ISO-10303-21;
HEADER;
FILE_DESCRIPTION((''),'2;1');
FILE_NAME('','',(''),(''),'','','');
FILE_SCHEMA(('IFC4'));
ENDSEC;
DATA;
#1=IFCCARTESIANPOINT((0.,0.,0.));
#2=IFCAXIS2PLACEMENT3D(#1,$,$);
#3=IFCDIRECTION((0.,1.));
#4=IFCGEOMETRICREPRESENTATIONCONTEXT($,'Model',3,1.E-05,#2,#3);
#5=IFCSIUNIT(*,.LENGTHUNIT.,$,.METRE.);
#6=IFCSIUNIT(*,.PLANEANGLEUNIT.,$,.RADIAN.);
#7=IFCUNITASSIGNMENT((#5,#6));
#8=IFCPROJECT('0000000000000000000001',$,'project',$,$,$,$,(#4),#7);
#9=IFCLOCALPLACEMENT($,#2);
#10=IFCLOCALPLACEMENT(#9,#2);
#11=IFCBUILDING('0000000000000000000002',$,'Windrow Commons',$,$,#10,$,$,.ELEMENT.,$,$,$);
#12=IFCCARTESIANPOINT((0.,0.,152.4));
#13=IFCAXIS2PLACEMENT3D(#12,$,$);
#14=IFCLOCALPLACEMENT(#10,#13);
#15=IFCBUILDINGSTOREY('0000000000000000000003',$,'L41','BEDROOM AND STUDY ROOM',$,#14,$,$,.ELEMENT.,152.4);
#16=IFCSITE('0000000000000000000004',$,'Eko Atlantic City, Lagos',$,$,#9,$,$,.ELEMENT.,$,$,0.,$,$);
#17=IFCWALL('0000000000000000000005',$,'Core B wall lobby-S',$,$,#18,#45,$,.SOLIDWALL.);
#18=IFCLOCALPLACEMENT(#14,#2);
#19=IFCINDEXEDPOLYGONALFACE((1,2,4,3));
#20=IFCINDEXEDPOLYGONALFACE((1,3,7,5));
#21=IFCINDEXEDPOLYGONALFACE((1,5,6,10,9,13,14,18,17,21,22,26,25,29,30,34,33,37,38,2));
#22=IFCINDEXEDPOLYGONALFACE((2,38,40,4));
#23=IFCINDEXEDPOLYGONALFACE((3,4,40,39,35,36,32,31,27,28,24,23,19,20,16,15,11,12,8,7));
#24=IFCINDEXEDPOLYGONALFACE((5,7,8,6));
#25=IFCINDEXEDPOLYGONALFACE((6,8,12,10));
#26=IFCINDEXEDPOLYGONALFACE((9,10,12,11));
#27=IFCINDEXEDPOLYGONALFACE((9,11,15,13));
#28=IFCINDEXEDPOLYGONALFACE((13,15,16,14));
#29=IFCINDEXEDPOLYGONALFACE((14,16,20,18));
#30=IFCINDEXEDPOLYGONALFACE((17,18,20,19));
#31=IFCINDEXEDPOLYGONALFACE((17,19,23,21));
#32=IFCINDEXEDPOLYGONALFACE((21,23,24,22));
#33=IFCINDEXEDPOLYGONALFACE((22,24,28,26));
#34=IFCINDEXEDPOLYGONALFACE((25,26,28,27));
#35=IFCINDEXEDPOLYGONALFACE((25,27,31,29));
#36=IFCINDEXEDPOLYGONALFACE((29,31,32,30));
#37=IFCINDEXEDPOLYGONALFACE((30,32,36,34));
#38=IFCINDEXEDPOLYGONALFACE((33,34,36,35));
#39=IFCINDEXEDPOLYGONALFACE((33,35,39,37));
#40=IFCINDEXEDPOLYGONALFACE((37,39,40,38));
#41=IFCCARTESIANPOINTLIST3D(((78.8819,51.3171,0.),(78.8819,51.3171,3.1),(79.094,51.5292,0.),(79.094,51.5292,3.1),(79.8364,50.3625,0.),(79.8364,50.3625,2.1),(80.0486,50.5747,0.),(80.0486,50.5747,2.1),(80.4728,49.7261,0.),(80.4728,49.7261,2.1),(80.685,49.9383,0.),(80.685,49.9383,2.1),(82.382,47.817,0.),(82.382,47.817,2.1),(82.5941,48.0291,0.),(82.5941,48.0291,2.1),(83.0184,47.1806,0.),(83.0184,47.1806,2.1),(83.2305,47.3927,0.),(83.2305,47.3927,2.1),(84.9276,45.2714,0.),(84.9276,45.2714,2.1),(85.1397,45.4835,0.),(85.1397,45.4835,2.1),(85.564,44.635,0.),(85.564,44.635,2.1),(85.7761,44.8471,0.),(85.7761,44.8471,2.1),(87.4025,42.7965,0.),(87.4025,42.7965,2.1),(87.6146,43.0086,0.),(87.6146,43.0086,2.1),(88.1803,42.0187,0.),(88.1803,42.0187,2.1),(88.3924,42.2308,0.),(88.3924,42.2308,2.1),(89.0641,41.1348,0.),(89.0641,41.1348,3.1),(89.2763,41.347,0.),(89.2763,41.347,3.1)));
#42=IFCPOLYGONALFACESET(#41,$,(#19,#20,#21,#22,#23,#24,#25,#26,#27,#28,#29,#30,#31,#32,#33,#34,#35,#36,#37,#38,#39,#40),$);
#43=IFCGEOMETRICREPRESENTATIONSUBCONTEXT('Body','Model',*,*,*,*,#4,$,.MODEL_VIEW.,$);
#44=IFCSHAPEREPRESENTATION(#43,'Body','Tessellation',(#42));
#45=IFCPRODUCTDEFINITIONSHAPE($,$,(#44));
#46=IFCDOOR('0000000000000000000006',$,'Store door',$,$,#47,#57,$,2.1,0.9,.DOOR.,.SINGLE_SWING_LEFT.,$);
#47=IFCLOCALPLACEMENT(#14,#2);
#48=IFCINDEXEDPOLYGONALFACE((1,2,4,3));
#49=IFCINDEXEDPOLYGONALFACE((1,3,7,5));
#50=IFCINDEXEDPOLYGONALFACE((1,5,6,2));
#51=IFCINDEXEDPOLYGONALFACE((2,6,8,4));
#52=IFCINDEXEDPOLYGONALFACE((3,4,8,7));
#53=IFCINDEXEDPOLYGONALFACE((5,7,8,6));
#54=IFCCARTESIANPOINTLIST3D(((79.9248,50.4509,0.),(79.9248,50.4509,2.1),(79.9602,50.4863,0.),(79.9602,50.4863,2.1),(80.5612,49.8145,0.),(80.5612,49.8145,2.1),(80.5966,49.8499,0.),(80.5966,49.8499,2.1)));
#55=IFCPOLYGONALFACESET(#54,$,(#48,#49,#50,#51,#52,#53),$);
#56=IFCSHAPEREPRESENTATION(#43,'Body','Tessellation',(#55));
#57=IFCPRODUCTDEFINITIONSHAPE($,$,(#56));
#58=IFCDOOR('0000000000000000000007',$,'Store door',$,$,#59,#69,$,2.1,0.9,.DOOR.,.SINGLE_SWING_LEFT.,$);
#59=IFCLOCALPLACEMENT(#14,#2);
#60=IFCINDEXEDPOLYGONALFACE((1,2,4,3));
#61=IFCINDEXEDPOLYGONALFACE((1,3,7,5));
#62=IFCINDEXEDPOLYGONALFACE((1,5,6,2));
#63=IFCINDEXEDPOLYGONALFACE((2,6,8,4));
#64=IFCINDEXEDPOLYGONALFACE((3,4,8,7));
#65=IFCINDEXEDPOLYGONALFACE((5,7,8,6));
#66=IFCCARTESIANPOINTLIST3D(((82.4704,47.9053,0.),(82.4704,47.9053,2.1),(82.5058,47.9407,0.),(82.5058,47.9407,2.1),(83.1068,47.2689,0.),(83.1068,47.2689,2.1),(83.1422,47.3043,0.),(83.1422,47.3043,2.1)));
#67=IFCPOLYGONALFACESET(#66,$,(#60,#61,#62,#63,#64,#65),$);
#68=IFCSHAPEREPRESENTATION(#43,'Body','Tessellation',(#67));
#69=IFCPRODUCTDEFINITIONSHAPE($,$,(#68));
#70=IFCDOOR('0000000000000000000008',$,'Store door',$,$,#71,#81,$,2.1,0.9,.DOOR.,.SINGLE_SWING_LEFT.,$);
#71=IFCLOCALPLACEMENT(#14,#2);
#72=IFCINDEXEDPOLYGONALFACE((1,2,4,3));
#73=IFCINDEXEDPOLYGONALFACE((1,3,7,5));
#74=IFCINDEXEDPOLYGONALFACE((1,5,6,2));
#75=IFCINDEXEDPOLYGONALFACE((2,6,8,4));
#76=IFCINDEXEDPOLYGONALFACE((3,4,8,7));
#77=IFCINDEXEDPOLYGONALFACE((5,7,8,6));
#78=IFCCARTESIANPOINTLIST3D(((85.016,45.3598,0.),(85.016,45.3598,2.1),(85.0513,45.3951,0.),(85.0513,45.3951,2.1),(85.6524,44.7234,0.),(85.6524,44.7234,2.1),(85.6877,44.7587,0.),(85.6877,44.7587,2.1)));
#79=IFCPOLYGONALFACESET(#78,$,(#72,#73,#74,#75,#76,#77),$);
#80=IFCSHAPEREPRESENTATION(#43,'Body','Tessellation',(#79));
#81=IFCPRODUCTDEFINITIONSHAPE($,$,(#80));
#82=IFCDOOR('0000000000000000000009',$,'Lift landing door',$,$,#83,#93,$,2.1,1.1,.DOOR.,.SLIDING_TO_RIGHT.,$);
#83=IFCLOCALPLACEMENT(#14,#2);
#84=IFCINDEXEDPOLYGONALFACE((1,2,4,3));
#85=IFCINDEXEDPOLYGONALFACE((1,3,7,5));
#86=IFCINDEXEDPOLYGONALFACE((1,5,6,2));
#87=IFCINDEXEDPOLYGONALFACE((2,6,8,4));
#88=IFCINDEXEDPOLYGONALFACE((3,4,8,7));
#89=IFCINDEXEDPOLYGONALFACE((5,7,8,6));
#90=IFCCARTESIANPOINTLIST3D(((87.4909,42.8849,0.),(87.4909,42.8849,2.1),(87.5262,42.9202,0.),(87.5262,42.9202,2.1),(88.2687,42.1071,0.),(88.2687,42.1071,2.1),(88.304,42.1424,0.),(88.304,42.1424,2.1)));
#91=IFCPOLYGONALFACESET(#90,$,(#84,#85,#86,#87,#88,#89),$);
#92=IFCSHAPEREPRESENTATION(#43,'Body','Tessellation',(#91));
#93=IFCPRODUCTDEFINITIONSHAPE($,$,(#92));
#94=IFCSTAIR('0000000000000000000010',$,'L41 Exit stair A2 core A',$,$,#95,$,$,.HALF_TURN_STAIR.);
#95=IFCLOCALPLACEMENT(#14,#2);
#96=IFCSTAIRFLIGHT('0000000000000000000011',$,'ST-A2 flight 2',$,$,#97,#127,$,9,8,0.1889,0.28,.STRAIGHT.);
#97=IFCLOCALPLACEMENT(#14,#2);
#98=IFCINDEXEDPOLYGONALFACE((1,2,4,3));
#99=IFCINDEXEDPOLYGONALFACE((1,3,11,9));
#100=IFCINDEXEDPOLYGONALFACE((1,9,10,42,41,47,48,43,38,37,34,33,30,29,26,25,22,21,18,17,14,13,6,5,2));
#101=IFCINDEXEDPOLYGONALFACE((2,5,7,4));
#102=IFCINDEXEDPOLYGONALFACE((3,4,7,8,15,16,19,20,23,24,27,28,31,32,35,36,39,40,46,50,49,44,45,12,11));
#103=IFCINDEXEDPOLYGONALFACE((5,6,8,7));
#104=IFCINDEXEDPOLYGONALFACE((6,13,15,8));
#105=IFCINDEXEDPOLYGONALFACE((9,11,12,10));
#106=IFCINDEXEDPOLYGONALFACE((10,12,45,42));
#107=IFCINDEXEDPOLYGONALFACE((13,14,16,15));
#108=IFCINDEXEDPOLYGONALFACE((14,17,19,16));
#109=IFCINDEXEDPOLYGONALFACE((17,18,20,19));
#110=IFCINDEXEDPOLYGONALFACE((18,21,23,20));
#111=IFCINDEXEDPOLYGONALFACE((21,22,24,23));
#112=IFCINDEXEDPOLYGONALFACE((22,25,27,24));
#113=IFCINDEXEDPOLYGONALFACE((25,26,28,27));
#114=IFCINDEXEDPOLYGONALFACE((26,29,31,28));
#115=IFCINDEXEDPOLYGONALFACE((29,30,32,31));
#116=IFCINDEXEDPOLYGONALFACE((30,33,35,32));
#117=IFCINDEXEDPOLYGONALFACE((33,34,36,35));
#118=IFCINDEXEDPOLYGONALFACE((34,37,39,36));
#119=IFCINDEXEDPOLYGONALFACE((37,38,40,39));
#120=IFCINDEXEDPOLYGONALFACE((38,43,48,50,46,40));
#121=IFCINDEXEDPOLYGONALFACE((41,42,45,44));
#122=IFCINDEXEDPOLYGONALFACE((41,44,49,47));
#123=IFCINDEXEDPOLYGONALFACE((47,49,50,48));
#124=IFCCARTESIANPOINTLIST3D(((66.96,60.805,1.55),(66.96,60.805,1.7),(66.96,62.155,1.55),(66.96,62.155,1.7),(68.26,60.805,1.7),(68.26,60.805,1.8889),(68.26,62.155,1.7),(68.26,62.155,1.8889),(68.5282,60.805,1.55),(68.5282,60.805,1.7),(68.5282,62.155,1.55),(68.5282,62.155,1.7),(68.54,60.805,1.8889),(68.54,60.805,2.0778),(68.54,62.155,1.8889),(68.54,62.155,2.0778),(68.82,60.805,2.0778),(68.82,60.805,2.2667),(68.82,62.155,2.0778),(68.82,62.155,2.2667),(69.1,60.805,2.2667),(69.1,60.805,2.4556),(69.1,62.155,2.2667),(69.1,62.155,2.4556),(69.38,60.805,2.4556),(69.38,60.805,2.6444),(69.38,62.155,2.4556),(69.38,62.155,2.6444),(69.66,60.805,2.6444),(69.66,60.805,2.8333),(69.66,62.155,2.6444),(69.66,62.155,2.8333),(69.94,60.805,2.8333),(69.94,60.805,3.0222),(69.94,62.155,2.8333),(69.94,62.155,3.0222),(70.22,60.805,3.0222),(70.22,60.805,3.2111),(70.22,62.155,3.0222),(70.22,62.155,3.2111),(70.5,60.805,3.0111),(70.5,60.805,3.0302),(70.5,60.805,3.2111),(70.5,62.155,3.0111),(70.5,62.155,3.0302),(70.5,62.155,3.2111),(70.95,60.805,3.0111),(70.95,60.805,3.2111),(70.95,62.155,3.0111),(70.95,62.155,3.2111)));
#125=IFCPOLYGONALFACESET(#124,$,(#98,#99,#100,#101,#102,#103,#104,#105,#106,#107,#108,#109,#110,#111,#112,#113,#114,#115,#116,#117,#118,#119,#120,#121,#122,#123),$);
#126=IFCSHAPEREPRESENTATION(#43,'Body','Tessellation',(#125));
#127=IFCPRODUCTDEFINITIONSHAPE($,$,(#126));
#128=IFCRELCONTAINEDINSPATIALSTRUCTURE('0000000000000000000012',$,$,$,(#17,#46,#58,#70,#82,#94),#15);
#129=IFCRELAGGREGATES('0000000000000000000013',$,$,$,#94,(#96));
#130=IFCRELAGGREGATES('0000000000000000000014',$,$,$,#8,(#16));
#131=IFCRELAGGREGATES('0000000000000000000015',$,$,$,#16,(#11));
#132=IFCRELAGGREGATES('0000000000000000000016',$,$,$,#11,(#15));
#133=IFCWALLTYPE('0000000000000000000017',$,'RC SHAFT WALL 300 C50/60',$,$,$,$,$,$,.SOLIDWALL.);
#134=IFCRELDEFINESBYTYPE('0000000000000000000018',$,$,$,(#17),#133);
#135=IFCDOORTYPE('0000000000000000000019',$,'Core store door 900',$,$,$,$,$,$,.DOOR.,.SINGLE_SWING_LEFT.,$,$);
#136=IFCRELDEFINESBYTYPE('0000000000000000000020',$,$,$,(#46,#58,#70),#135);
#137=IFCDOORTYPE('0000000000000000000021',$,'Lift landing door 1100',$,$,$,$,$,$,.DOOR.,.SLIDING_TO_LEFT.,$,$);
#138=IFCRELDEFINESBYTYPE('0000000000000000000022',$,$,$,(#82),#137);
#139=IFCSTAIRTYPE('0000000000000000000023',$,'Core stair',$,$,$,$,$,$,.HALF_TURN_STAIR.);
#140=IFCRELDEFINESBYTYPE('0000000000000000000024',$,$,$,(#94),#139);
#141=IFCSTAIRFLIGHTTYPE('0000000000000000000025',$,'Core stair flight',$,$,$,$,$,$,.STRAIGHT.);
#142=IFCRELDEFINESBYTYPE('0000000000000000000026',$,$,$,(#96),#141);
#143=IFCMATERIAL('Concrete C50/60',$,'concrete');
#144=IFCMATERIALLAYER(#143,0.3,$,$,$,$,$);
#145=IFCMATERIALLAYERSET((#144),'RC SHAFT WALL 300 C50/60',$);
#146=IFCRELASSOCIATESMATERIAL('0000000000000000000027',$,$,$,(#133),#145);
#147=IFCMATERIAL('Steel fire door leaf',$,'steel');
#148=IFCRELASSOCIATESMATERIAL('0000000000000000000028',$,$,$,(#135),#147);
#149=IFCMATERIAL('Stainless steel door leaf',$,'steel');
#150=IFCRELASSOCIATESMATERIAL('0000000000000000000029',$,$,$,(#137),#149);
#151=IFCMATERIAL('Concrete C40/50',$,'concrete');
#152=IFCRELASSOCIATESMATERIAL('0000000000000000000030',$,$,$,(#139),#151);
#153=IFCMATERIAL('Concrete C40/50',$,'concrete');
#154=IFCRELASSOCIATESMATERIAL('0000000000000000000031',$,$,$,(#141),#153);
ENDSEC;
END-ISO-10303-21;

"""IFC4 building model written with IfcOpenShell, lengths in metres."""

from ifc_helpers import new_model, si_unit, direction, frame, frame_2d, origin, place, context, subcontext, project, spatial, polyline, rectangle, outline, extrude, material, layer, layer_set, type_object, element, fill, aggregate, save


model = new_model("IFC4")

# Units and contexts
model_context = context("Model", 3, precision=1e-05, world=origin(), true_north=direction((0.0, 1.0)))
body_context = subcontext(model_context, "Body", "Model", "MODEL_VIEW")
ifc_project = project(units=[si_unit("LENGTHUNIT", "METRE"), si_unit("PLANEANGLEUNIT", "RADIAN")], contexts=[model_context])

# Site, building, storey
site_placement = place(None, origin())
site = spatial("IfcSite", under=ifc_project, at=site_placement, Name="Eko Atlantic City, Lagos", CompositionType="ELEMENT", RefElevation=0.0)
building_placement = place(site_placement, origin())
building = spatial("IfcBuilding", under=site, at=building_placement, Name="Windrow Commons", CompositionType="ELEMENT")
storey_placement = place(building_placement, frame((0.0, 0.0, 152.4)))
storey = spatial("IfcBuildingStorey", under=building, at=storey_placement, Name="L41", Description="BEDROOM AND STUDY ROOM", CompositionType="ELEMENT", Elevation=152.4)

# Shared definitions
ifc_material_1 = material(Name="Concrete C50/60", Category="concrete")
ifc_layer_1 = layer(ifc_material_1, 0.3)
ifc_layer_set_1 = layer_set([ifc_layer_1], Name="RC SHAFT WALL 300 C50/60")
wall_type_1 = type_object("IfcWallType", Name="RC SHAFT WALL 300 C50/60", PredefinedType="SOLIDWALL", material=ifc_layer_set_1)

# Wall, openings, doors
wall_1_placement = place(storey_placement, frame((78.9879, 51.4232, 0.0), z_axis=(0.0, 0.0, 1.0), x_axis=(0.707107, -0.707107, 0.0)))
wall_1 = element("IfcWall", 1, at=wall_1_placement, inside=storey, type_object=wall_type_1, Name="Core B wall lobby-S", PredefinedType="SOLIDWALL", context=body_context, shape_type="SweptSolid", body=[
    extrude(rectangle(XDim=14.3999, YDim=0.3, at=frame_2d((7.2, 0.0))), origin(), (0.0, 0.0, 1.0), 3.1),
])
opening_1_placement = place(wall_1_placement, frame((1.35, 0.0, 0.0)))
opening_1 = element("IfcOpeningElement", 2, at=opening_1_placement, cuts=wall_1, PredefinedType="OPENING", context=body_context, shape_type="SweptSolid", body=[
    extrude(rectangle(XDim=0.9, YDim=2.1, at=frame_2d((0.45, 1.05))), frame((0.0, 0.16, 0.0), z_axis=(0.0, -1.0, 0.0), x_axis=(1.0, 0.0, 0.0)), (0.0, 0.0, 1.0), 0.32),
])
opening_2_placement = place(wall_1_placement, frame((4.95, 0.0, 0.0)))
opening_2 = element("IfcOpeningElement", 3, at=opening_2_placement, cuts=wall_1, PredefinedType="OPENING", context=body_context, shape_type="SweptSolid", body=[
    extrude(rectangle(XDim=0.9, YDim=2.1, at=frame_2d((0.45, 1.05))), frame((0.0, 0.16, 0.0), z_axis=(0.0, -1.0, 0.0), x_axis=(1.0, 0.0, 0.0)), (0.0, 0.0, 1.0), 0.32),
])
opening_3_placement = place(wall_1_placement, frame((8.55, 0.0, 0.0)))
opening_3 = element("IfcOpeningElement", 4, at=opening_3_placement, cuts=wall_1, PredefinedType="OPENING", context=body_context, shape_type="SweptSolid", body=[
    extrude(rectangle(XDim=0.9, YDim=2.1, at=frame_2d((0.45, 1.05))), frame((0.0, 0.16, 0.0), z_axis=(0.0, -1.0, 0.0), x_axis=(1.0, 0.0, 0.0)), (0.0, 0.0, 1.0), 0.32),
])
opening_4_placement = place(wall_1_placement, frame((12.05, 0.0, 0.0)))
opening_4 = element("IfcOpeningElement", 5, at=opening_4_placement, cuts=wall_1, PredefinedType="OPENING", context=body_context, shape_type="SweptSolid", body=[
    extrude(rectangle(XDim=1.1, YDim=2.1, at=frame_2d((0.55, 1.05))), frame((0.0, 0.16, 0.0), z_axis=(0.0, -1.0, 0.0), x_axis=(1.0, 0.0, 0.0)), (0.0, 0.0, 1.0), 0.32),
])
ifc_material_2 = material(Name="Steel fire door leaf", Category="steel")
door_type_1 = type_object("IfcDoorType", Name="Core store door 900", OperationType="SINGLE_SWING_LEFT", PredefinedType="DOOR", material=ifc_material_2)
door_1_placement = place(opening_1_placement, origin())
door_1 = element("IfcDoor", 6, at=door_1_placement, inside=storey, type_object=door_type_1, Name="Store door", OperationType="SINGLE_SWING_LEFT", OverallHeight=2.1, OverallWidth=0.9, PredefinedType="DOOR", context=body_context, shape_type="SweptSolid", body=[
    extrude(rectangle(XDim=0.9, YDim=2.1, at=frame_2d((0.45, 1.05))), frame((0.0, 0.025, 0.0), z_axis=(0.0, -1.0, 0.0), x_axis=(1.0, 0.0, 0.0)), (0.0, 0.0, 1.0), 0.05),
])
fill(opening_1, door_1)
door_2_placement = place(opening_2_placement, origin())
door_2 = element("IfcDoor", 7, at=door_2_placement, inside=storey, type_object=door_type_1, Name="Store door", OperationType="SINGLE_SWING_LEFT", OverallHeight=2.1, OverallWidth=0.9, PredefinedType="DOOR", context=body_context, shape_type="SweptSolid", body=[
    extrude(rectangle(XDim=0.9, YDim=2.1, at=frame_2d((0.45, 1.05))), frame((0.0, 0.025, 0.0), z_axis=(0.0, -1.0, 0.0), x_axis=(1.0, 0.0, 0.0)), (0.0, 0.0, 1.0), 0.05),
])
fill(opening_2, door_2)
door_3_placement = place(opening_3_placement, origin())
door_3 = element("IfcDoor", 8, at=door_3_placement, inside=storey, type_object=door_type_1, Name="Store door", OperationType="SINGLE_SWING_LEFT", OverallHeight=2.1, OverallWidth=0.9, PredefinedType="DOOR", context=body_context, shape_type="SweptSolid", body=[
    extrude(rectangle(XDim=0.9, YDim=2.1, at=frame_2d((0.45, 1.05))), frame((0.0, 0.025, 0.0), z_axis=(0.0, -1.0, 0.0), x_axis=(1.0, 0.0, 0.0)), (0.0, 0.0, 1.0), 0.05),
])
fill(opening_3, door_3)
ifc_material_3 = material(Name="Stainless steel door leaf", Category="steel")
door_type_2 = type_object("IfcDoorType", Name="Lift landing door 1100", OperationType="SLIDING_TO_LEFT", PredefinedType="DOOR", material=ifc_material_3)
door_4_placement = place(opening_4_placement, origin())
door_4 = element("IfcDoor", 9, at=door_4_placement, inside=storey, type_object=door_type_2, Name="Lift landing door", OperationType="SLIDING_TO_RIGHT", OverallHeight=2.1, OverallWidth=1.1, PredefinedType="DOOR", context=body_context, shape_type="SweptSolid", body=[
    extrude(rectangle(XDim=1.1, YDim=2.1, at=frame_2d((0.55, 1.05))), frame((0.0, 0.025, 0.0), z_axis=(0.0, -1.0, 0.0), x_axis=(1.0, 0.0, 0.0)), (0.0, 0.0, 1.0), 0.05),
])
fill(opening_4, door_4)

# Stair, stair flight
ifc_material_4 = material(Name="Concrete C40/50", Category="concrete")
stair_type = type_object("IfcStairType", Name="Core stair", PredefinedType="HALF_TURN_STAIR", material=ifc_material_4)
stair_placement = place(storey_placement, origin())
stair = element("IfcStair", 10, at=stair_placement, inside=storey, type_object=stair_type, Name="L41 Exit stair A2 core A", PredefinedType="HALF_TURN_STAIR")
ifc_material_5 = material(Name="Concrete C40/50", Category="concrete")
stair_flight_type = type_object("IfcStairFlightType", Name="Core stair flight", PredefinedType="STRAIGHT", material=ifc_material_5)
stair_flight_placement = place(storey_placement, frame((68.26, 61.48, 1.7), z_axis=(0.0, 0.0, 1.0), x_axis=(1.0, 0.0, 0.0)))
stair_flight = element("IfcStairFlight", 11, at=stair_flight_placement, type_object=stair_flight_type, Name="ST-A2 flight 2", NumberOfRisers=9, NumberOfTreads=8, PredefinedType="STRAIGHT", RiserHeight=0.1889, TreadLength=0.28, context=body_context, shape_type="SweptSolid", body=[
    extrude(outline(polyline([(-1.3, -0.15), (-1.3, 0.0), (0.0, 0.0), (0.0, 0.1889), (0.28, 0.1889), (0.28, 0.3778), (0.56, 0.3778), (0.56, 0.5667), (0.84, 0.5667), (0.84, 0.7556), (1.12, 0.7556), (1.12, 0.9444), (1.4, 0.9444), (1.4, 1.1333), (1.68, 1.1333), (1.68, 1.3222), (1.96, 1.3222), (1.96, 1.5111), (2.24, 1.5111), (2.69, 1.5111), (2.69, 1.3111), (2.24, 1.3111), (2.24, 1.3302), (0.2682, 0.0), (0.2682, -0.15), (-1.3, -0.15)])), frame((0.0, 0.675, 0.0), z_axis=(0.0, -1.0, 0.0), x_axis=(1.0, 0.0, 0.0)), (0.0, 0.0, 1.0), 1.35),
])
aggregate(stair, [stair_flight])

save(model, "model.ifc")
